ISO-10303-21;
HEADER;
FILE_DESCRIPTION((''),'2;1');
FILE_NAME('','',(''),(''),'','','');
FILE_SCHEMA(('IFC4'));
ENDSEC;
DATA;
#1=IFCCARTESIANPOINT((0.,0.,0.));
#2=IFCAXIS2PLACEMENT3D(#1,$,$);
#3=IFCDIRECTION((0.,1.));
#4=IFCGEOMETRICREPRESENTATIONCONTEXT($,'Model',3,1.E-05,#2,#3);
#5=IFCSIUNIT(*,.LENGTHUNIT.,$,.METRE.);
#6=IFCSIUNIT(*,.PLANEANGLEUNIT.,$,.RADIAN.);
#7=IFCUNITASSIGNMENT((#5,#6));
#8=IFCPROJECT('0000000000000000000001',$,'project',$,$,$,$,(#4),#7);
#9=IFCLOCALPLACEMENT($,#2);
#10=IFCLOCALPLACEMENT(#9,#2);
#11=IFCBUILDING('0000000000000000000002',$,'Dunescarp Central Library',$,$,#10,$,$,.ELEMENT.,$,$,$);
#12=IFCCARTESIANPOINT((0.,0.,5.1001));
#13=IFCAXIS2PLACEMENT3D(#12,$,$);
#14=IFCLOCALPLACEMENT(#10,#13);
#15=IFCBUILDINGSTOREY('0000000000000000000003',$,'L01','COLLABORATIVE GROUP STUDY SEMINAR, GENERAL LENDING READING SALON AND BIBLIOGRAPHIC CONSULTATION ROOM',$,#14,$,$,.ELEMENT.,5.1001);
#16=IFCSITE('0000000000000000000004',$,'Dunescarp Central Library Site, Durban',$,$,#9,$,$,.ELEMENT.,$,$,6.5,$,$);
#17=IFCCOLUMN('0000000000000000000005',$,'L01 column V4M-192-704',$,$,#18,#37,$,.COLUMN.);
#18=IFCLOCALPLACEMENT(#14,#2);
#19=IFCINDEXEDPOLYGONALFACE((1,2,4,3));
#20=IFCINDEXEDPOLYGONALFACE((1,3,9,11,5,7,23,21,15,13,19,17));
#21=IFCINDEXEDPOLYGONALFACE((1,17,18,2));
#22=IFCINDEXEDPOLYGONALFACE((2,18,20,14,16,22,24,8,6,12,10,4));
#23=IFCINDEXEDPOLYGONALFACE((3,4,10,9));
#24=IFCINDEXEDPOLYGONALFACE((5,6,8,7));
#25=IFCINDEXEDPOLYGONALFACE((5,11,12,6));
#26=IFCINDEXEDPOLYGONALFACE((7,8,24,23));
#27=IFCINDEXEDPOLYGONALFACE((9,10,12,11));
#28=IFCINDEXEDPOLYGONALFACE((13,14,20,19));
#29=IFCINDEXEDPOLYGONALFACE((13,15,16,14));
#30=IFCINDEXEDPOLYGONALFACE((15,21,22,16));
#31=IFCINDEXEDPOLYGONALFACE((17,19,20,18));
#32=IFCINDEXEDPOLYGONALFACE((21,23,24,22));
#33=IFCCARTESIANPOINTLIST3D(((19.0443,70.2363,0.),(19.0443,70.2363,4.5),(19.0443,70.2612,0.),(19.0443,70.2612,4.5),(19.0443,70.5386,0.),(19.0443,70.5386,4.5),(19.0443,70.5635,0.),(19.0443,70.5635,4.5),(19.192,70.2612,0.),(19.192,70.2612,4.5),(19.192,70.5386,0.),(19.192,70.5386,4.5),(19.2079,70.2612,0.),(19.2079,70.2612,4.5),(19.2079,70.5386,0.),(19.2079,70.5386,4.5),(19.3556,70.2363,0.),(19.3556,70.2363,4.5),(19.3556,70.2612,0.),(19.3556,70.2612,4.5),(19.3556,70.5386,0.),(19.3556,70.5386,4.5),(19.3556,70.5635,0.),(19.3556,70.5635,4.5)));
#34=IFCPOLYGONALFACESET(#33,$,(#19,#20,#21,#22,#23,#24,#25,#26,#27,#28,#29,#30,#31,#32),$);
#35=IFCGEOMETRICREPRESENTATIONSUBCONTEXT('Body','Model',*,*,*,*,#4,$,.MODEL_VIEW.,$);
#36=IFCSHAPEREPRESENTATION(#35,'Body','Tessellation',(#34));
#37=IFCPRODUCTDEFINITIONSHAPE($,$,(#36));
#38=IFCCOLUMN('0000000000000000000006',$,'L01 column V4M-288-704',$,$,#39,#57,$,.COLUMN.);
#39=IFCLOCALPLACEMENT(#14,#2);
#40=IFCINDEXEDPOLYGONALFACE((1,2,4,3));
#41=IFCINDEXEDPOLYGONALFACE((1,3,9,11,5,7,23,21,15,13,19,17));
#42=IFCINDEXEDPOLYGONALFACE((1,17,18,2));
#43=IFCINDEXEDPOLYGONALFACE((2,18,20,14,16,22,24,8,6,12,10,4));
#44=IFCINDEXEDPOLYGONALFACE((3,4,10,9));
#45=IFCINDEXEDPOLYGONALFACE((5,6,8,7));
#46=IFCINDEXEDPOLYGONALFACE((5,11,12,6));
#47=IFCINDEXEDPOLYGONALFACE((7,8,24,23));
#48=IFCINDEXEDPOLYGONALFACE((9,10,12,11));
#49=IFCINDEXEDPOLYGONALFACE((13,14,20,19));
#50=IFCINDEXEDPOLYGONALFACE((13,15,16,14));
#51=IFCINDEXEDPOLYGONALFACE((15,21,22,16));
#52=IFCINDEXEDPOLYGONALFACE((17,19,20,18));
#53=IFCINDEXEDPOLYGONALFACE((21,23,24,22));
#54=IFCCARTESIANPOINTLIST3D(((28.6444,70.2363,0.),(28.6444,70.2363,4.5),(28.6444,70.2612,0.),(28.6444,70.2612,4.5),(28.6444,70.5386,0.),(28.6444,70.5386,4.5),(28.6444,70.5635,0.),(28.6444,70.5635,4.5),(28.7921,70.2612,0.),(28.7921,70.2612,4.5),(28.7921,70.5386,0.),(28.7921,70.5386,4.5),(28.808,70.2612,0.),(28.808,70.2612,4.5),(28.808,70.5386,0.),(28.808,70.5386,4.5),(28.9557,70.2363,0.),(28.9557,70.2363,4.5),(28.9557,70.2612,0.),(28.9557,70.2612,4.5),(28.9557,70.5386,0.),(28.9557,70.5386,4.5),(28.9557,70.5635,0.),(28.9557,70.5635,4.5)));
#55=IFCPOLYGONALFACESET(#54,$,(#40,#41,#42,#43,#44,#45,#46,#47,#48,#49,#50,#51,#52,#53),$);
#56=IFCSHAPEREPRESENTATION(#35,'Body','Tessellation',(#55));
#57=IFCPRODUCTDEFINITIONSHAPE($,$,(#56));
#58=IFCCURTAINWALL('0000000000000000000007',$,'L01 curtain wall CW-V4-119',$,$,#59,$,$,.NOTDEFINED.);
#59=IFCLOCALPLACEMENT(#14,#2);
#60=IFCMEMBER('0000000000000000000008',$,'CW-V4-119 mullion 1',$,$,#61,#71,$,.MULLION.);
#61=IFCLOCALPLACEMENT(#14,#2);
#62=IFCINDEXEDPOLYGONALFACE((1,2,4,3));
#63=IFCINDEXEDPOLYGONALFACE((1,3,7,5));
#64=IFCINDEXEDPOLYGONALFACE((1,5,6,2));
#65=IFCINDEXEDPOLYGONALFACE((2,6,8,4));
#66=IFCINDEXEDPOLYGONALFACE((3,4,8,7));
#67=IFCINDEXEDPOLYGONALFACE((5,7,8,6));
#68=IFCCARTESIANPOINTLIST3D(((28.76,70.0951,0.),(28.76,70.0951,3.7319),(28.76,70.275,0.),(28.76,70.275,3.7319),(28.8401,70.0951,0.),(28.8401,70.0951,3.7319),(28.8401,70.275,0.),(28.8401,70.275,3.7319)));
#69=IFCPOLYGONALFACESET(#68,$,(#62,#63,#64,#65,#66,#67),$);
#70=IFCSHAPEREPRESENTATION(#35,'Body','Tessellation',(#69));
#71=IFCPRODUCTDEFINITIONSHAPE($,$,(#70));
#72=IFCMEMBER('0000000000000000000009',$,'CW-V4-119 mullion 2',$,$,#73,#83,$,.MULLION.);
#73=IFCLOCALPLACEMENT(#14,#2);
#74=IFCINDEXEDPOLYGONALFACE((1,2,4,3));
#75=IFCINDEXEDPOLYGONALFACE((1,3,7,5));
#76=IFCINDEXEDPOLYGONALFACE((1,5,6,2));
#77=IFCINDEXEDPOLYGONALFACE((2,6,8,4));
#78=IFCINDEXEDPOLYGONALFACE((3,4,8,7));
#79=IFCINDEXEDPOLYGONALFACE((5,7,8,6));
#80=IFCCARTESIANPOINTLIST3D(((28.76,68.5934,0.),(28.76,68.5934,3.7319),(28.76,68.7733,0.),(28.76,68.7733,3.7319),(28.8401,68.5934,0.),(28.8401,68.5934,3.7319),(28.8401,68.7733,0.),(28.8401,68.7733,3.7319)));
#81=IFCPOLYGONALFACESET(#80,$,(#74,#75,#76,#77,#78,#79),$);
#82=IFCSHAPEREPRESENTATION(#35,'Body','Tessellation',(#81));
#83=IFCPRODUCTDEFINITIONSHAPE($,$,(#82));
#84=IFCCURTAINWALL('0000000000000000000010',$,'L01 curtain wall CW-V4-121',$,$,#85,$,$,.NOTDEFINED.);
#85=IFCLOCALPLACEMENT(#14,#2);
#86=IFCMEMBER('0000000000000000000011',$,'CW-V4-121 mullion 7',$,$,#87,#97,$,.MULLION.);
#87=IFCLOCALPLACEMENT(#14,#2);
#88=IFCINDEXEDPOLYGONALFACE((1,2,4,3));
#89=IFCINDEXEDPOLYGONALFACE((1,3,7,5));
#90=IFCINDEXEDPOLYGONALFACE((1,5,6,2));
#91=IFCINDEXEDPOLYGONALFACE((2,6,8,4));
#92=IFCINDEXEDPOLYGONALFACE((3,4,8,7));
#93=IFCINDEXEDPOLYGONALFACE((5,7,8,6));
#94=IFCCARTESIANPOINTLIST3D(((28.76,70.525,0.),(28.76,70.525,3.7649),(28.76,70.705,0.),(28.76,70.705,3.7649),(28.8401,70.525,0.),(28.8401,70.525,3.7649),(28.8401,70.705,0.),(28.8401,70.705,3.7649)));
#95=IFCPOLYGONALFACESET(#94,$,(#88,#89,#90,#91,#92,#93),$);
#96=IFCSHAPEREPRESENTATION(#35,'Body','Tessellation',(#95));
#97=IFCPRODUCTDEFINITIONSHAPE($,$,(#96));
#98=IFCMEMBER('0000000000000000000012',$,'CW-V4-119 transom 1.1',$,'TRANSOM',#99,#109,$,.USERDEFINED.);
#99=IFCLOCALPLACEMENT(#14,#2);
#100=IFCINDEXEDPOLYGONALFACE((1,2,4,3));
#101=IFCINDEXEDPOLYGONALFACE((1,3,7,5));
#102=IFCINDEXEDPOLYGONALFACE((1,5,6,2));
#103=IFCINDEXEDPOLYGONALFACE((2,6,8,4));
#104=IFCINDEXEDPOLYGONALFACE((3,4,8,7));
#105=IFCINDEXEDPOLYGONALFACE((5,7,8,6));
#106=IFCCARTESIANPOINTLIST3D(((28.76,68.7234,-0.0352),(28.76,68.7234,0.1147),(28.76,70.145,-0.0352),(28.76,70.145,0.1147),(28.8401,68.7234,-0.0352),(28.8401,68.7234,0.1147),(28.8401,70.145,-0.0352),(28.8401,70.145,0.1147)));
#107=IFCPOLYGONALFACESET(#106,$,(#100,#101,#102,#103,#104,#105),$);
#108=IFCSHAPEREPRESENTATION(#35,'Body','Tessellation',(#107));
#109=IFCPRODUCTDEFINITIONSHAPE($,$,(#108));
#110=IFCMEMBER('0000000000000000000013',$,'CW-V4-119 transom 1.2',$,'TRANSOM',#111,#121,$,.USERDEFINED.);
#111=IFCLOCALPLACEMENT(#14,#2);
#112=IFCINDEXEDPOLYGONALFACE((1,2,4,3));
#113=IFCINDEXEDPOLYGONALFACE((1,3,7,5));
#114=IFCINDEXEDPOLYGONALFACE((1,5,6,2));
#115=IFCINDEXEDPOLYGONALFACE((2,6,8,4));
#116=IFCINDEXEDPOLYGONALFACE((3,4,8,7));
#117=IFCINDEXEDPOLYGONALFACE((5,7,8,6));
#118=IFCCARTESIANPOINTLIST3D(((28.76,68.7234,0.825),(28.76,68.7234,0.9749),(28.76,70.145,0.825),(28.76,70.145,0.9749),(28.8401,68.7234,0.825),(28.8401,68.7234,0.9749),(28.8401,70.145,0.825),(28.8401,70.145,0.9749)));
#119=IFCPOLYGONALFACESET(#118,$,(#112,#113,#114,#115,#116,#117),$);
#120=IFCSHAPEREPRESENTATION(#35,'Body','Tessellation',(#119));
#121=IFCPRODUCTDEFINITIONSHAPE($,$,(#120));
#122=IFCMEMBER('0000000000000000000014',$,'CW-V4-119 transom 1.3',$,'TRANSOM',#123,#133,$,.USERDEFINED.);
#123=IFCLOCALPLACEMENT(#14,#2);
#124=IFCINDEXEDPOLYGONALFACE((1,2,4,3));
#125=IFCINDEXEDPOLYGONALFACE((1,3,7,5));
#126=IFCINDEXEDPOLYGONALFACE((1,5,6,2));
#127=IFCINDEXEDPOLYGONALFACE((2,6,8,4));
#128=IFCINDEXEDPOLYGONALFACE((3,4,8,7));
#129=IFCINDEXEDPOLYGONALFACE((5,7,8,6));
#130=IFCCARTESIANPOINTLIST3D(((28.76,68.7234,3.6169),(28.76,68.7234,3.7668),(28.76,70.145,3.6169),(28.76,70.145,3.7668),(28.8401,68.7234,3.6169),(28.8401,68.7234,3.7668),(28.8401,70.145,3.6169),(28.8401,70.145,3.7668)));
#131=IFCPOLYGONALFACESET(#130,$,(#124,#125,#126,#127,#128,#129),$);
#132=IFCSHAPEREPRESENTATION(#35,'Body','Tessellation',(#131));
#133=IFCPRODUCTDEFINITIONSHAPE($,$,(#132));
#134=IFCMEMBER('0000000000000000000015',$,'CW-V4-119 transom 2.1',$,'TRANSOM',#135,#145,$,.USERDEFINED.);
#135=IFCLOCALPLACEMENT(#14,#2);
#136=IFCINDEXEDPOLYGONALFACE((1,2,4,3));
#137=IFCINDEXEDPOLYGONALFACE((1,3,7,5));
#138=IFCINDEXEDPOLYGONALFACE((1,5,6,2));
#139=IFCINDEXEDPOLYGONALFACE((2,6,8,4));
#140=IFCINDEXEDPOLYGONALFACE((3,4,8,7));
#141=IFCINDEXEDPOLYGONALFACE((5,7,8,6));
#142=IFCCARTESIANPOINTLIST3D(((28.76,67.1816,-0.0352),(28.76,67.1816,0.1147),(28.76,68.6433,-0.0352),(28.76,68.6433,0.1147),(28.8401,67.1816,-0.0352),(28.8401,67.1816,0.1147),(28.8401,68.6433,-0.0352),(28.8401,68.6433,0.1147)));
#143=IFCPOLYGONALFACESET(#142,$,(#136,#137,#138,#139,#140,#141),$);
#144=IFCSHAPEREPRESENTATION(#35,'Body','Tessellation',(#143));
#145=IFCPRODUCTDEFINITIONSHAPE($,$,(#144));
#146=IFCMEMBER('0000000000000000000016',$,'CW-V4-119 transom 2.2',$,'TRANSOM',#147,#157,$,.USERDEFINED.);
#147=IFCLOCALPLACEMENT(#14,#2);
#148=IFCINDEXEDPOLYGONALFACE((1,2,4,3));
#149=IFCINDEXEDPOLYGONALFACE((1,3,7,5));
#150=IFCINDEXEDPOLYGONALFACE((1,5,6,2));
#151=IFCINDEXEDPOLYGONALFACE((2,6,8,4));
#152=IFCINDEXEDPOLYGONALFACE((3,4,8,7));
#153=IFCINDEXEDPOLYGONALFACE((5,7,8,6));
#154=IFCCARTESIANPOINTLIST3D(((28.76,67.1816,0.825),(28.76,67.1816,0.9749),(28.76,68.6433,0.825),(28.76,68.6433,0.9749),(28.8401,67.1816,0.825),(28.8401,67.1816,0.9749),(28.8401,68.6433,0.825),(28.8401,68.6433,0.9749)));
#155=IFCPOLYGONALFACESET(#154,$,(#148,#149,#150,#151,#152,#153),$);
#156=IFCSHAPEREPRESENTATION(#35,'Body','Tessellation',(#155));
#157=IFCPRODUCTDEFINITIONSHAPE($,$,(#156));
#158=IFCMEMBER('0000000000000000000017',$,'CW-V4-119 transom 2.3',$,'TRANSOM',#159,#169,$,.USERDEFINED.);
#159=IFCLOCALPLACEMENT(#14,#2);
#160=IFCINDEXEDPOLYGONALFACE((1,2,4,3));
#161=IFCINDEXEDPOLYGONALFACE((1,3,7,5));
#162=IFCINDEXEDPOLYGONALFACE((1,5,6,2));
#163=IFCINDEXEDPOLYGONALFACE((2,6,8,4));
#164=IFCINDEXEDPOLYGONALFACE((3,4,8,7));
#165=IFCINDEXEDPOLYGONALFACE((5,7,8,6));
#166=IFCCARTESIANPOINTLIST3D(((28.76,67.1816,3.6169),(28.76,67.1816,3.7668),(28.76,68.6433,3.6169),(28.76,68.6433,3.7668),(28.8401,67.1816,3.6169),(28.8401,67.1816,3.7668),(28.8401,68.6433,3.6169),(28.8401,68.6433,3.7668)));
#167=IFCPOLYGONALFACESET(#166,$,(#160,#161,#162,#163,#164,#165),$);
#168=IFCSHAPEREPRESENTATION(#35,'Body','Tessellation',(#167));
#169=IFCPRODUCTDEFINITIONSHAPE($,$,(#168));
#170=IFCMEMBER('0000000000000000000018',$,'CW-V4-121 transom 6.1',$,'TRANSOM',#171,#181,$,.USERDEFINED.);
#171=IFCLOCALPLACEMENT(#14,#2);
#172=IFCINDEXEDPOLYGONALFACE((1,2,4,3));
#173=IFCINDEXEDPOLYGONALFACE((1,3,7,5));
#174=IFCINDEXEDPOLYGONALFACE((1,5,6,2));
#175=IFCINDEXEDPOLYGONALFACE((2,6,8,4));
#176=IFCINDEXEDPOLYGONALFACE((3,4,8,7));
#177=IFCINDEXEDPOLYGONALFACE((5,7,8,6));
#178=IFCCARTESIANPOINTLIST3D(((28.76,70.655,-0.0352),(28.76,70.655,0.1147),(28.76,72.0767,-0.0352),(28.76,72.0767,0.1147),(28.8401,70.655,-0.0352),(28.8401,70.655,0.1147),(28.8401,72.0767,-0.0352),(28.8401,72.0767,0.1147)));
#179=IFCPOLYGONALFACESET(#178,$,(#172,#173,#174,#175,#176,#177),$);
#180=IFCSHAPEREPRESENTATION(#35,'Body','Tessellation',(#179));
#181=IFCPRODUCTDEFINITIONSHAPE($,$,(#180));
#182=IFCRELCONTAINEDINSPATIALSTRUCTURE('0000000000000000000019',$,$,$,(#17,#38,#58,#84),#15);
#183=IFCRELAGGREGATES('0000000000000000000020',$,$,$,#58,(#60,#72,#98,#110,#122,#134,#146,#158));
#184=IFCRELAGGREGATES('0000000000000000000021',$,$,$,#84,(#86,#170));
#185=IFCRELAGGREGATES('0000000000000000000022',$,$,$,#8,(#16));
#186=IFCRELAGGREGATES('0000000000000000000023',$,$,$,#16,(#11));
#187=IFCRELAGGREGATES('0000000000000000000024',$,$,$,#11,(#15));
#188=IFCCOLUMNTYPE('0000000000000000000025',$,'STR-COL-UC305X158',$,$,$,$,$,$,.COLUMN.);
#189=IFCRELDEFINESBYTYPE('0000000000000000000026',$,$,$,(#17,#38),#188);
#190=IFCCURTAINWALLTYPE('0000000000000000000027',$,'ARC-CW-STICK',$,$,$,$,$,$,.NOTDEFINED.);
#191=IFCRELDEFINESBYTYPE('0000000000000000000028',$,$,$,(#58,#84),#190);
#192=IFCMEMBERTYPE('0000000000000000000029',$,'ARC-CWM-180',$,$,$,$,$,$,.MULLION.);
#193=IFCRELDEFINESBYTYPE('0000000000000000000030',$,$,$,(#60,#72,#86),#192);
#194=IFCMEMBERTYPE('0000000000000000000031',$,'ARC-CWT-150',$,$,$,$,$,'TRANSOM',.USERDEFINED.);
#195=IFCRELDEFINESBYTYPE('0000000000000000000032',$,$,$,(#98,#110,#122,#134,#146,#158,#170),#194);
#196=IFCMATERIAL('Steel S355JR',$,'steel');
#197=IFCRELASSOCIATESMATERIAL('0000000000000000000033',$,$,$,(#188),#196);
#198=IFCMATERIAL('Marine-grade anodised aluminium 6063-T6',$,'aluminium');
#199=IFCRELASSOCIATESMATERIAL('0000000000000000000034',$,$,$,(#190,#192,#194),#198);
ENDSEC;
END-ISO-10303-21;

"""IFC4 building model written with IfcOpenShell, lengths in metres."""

from ifc_helpers import new_model, si_unit, direction, frame, origin, origin_2d, place, context, subcontext, project, spatial, rectangle, i_section, extrude, material, material_profile, profile_set, type_object, element, aggregate, save


model = new_model("IFC4")

# Units and contexts
model_context = context("Model", 3, precision=1e-05, world=origin(), true_north=direction((0.0, 1.0)))
body_context = subcontext(model_context, "Body", "Model", "MODEL_VIEW")
ifc_project = project(units=[si_unit("LENGTHUNIT", "METRE"), si_unit("PLANEANGLEUNIT", "RADIAN")], contexts=[model_context])

# Site, building, storey
site_placement = place(None, origin())
site = spatial("IfcSite", under=ifc_project, at=site_placement, Name="Dunescarp Central Library Site, Durban", CompositionType="ELEMENT", RefElevation=6.5)
building_placement = place(site_placement, origin())
building = spatial("IfcBuilding", under=site, at=building_placement, Name="Dunescarp Central Library", CompositionType="ELEMENT")
storey_placement = place(building_placement, frame((0.0, 0.0, 5.1001)))
storey = spatial("IfcBuildingStorey", under=building, at=storey_placement, Name="L01", Description="COLLABORATIVE GROUP STUDY SEMINAR, GENERAL LENDING READING SALON AND BIBLIOGRAPHIC CONSULTATION ROOM", CompositionType="ELEMENT", Elevation=5.1001)

# Columns
ifc_material_1 = material(Name="Steel S355JR", Category="steel")
ifc_material_profile_1 = material_profile(ifc_material_1, i_section(OverallWidth=0.3113, OverallDepth=0.3271, WebThickness=0.0159, FlangeThickness=0.0249, at=origin_2d()), Name="UC 305x305x158")
ifc_profile_set_1 = profile_set([ifc_material_profile_1], Name="Steel S355JR")
column_type = type_object("IfcColumnType", Name="STR-COL-UC305X158", PredefinedType="COLUMN", material=ifc_profile_set_1)
for number, where, z_axis, x_axis, name in (
    (1, (19.2, 70.3999, 0.0), (0.0, 0.0, 1.0), (1.0, 0.0, 0.0), "L01 column V4M-192-704"),
    (2, (28.8, 70.3999, 0.0), (0.0, 0.0, 1.0), (1.0, 0.0, 0.0), "L01 column V4M-288-704"),
):
    element("IfcColumn", number, at=place(storey_placement, frame(where, z_axis=z_axis, x_axis=x_axis)), inside=storey, type_object=column_type, Name=name, PredefinedType="COLUMN", context=body_context, shape_type="SweptSolid", body=[
        extrude(i_section(OverallWidth=0.3113, OverallDepth=0.3271, WebThickness=0.0159, FlangeThickness=0.0249, at=origin_2d()), origin(), (0.0, 0.0, 1.0), 4.5),
    ])

# Curtain wall, members
ifc_material_2 = material(Name="Marine-grade anodised aluminium 6063-T6", Category="aluminium")
curtain_wall_type = type_object("IfcCurtainWallType", Name="ARC-CW-STICK", PredefinedType="NOTDEFINED", material=ifc_material_2)
curtain_wall_1_placement = place(storey_placement, origin())
curtain_wall_1 = element("IfcCurtainWall", 3, at=curtain_wall_1_placement, inside=storey, type_object=curtain_wall_type, Name="L01 curtain wall CW-V4-119", PredefinedType="NOTDEFINED")
ifc_material_profile_2 = material_profile(ifc_material_2, rectangle(XDim=0.0801, YDim=0.1799, at=origin_2d()), Name="AL 80x180")
ifc_profile_set_2 = profile_set([ifc_material_profile_2], Name="Marine-grade anodised aluminium 6063-T6")
member_type_1 = type_object("IfcMemberType", Name="ARC-CWM-180", PredefinedType="MULLION", material=ifc_profile_set_2)
member_1_placement = place(storey_placement, frame((28.8, 70.1851, 0.0), z_axis=(0.0, 0.0, 1.0), x_axis=(1.0, 0.0, 0.0)))
member_1 = element("IfcMember", 4, at=member_1_placement, type_object=member_type_1, Name="CW-V4-119 mullion 1", PredefinedType="MULLION", context=body_context, shape_type="SweptSolid", body=[
    extrude(rectangle(XDim=0.0801, YDim=0.1799, at=origin_2d()), origin(), (0.0, 0.0, 1.0), 3.7319),
])
member_2_placement = place(storey_placement, frame((28.8, 68.6833, 0.0), z_axis=(0.0, 0.0, 1.0), x_axis=(1.0, 0.0, 0.0)))
member_2 = element("IfcMember", 5, at=member_2_placement, type_object=member_type_1, Name="CW-V4-119 mullion 2", PredefinedType="MULLION", context=body_context, shape_type="SweptSolid", body=[
    extrude(rectangle(XDim=0.0801, YDim=0.1799, at=origin_2d()), origin(), (0.0, 0.0, 1.0), 3.7319),
])

# Curtain wall, member
curtain_wall_2_placement = place(storey_placement, origin())
curtain_wall_2 = element("IfcCurtainWall", 6, at=curtain_wall_2_placement, inside=storey, type_object=curtain_wall_type, Name="L01 curtain wall CW-V4-121", PredefinedType="NOTDEFINED")
member_3_placement = place(storey_placement, frame((28.8, 70.615, 0.0), z_axis=(0.0, 0.0, 1.0), x_axis=(1.0, 0.0, 0.0)))
member_3 = element("IfcMember", 7, at=member_3_placement, type_object=member_type_1, Name="CW-V4-121 mullion 7", PredefinedType="MULLION", context=body_context, shape_type="SweptSolid", body=[
    extrude(rectangle(XDim=0.0801, YDim=0.1799, at=origin_2d()), origin(), (0.0, 0.0, 1.0), 3.7649),
])

# Members
ifc_material_profile_3 = material_profile(ifc_material_2, rectangle(XDim=0.0801, YDim=0.1499, at=origin_2d()), Name="AL 80x150")
ifc_profile_set_3 = profile_set([ifc_material_profile_3], Name="Marine-grade anodised aluminium 6063-T6")
member_type_2 = type_object("IfcMemberType", Name="ARC-CWT-150", ElementType="TRANSOM", PredefinedType="USERDEFINED", material=ifc_profile_set_3)
member_4_placement = place(storey_placement, frame((28.8, 70.145, 0.0398), z_axis=(0.0, -1.0, 0.0), x_axis=(1.0, 0.0, 0.0)))
member_4 = element("IfcMember", 8, at=member_4_placement, type_object=member_type_2, Name="CW-V4-119 transom 1.1", ObjectType="TRANSOM", PredefinedType="USERDEFINED", context=body_context, shape_type="SweptSolid", body=[
    extrude(rectangle(XDim=0.0801, YDim=0.1499, at=origin_2d()), origin(), (0.0, 0.0, 1.0), 1.4216),
])
member_5_placement = place(storey_placement, frame((28.8, 70.145, 0.8999), z_axis=(0.0, -1.0, 0.0), x_axis=(1.0, 0.0, 0.0)))
member_5 = element("IfcMember", 9, at=member_5_placement, type_object=member_type_2, Name="CW-V4-119 transom 1.2", ObjectType="TRANSOM", PredefinedType="USERDEFINED", context=body_context, shape_type="SweptSolid", body=[
    extrude(rectangle(XDim=0.0801, YDim=0.1499, at=origin_2d()), origin(), (0.0, 0.0, 1.0), 1.4216),
])
member_6_placement = place(storey_placement, frame((28.8, 70.145, 3.6919), z_axis=(0.0, -1.0, 0.0), x_axis=(1.0, 0.0, 0.0)))
member_6 = element("IfcMember", 10, at=member_6_placement, type_object=member_type_2, Name="CW-V4-119 transom 1.3", ObjectType="TRANSOM", PredefinedType="USERDEFINED", context=body_context, shape_type="SweptSolid", body=[
    extrude(rectangle(XDim=0.0801, YDim=0.1499, at=origin_2d()), origin(), (0.0, 0.0, 1.0), 1.4216),
])
member_7_placement = place(storey_placement, frame((28.8, 68.6433, 0.0398), z_axis=(0.0, -1.0, 0.0), x_axis=(1.0, 0.0, 0.0)))
member_7 = element("IfcMember", 11, at=member_7_placement, type_object=member_type_2, Name="CW-V4-119 transom 2.1", ObjectType="TRANSOM", PredefinedType="USERDEFINED", context=body_context, shape_type="SweptSolid", body=[
    extrude(rectangle(XDim=0.0801, YDim=0.1499, at=origin_2d()), origin(), (0.0, 0.0, 1.0), 1.4617),
])
member_8_placement = place(storey_placement, frame((28.8, 68.6433, 0.8999), z_axis=(0.0, -1.0, 0.0), x_axis=(1.0, 0.0, 0.0)))
member_8 = element("IfcMember", 12, at=member_8_placement, type_object=member_type_2, Name="CW-V4-119 transom 2.2", ObjectType="TRANSOM", PredefinedType="USERDEFINED", context=body_context, shape_type="SweptSolid", body=[
    extrude(rectangle(XDim=0.0801, YDim=0.1499, at=origin_2d()), origin(), (0.0, 0.0, 1.0), 1.4617),
])
member_9_placement = place(storey_placement, frame((28.8, 68.6433, 3.6919), z_axis=(0.0, -1.0, 0.0), x_axis=(1.0, 0.0, 0.0)))
member_9 = element("IfcMember", 13, at=member_9_placement, type_object=member_type_2, Name="CW-V4-119 transom 2.3", ObjectType="TRANSOM", PredefinedType="USERDEFINED", context=body_context, shape_type="SweptSolid", body=[
    extrude(rectangle(XDim=0.0801, YDim=0.1499, at=origin_2d()), origin(), (0.0, 0.0, 1.0), 1.4617),
])
member_10_placement = place(storey_placement, frame((28.8, 72.0767, 0.0398), z_axis=(0.0, -1.0, 0.0), x_axis=(1.0, 0.0, 0.0)))
member_10 = element("IfcMember", 14, at=member_10_placement, type_object=member_type_2, Name="CW-V4-121 transom 6.1", ObjectType="TRANSOM", PredefinedType="USERDEFINED", context=body_context, shape_type="SweptSolid", body=[
    extrude(rectangle(XDim=0.0801, YDim=0.1499, at=origin_2d()), origin(), (0.0, 0.0, 1.0), 1.4216),
])

aggregate(curtain_wall_1, [member_1, member_2, member_4, member_5, member_6, member_7, member_8, member_9])
aggregate(curtain_wall_2, [member_3, member_10])

save(model, "model.ifc")
